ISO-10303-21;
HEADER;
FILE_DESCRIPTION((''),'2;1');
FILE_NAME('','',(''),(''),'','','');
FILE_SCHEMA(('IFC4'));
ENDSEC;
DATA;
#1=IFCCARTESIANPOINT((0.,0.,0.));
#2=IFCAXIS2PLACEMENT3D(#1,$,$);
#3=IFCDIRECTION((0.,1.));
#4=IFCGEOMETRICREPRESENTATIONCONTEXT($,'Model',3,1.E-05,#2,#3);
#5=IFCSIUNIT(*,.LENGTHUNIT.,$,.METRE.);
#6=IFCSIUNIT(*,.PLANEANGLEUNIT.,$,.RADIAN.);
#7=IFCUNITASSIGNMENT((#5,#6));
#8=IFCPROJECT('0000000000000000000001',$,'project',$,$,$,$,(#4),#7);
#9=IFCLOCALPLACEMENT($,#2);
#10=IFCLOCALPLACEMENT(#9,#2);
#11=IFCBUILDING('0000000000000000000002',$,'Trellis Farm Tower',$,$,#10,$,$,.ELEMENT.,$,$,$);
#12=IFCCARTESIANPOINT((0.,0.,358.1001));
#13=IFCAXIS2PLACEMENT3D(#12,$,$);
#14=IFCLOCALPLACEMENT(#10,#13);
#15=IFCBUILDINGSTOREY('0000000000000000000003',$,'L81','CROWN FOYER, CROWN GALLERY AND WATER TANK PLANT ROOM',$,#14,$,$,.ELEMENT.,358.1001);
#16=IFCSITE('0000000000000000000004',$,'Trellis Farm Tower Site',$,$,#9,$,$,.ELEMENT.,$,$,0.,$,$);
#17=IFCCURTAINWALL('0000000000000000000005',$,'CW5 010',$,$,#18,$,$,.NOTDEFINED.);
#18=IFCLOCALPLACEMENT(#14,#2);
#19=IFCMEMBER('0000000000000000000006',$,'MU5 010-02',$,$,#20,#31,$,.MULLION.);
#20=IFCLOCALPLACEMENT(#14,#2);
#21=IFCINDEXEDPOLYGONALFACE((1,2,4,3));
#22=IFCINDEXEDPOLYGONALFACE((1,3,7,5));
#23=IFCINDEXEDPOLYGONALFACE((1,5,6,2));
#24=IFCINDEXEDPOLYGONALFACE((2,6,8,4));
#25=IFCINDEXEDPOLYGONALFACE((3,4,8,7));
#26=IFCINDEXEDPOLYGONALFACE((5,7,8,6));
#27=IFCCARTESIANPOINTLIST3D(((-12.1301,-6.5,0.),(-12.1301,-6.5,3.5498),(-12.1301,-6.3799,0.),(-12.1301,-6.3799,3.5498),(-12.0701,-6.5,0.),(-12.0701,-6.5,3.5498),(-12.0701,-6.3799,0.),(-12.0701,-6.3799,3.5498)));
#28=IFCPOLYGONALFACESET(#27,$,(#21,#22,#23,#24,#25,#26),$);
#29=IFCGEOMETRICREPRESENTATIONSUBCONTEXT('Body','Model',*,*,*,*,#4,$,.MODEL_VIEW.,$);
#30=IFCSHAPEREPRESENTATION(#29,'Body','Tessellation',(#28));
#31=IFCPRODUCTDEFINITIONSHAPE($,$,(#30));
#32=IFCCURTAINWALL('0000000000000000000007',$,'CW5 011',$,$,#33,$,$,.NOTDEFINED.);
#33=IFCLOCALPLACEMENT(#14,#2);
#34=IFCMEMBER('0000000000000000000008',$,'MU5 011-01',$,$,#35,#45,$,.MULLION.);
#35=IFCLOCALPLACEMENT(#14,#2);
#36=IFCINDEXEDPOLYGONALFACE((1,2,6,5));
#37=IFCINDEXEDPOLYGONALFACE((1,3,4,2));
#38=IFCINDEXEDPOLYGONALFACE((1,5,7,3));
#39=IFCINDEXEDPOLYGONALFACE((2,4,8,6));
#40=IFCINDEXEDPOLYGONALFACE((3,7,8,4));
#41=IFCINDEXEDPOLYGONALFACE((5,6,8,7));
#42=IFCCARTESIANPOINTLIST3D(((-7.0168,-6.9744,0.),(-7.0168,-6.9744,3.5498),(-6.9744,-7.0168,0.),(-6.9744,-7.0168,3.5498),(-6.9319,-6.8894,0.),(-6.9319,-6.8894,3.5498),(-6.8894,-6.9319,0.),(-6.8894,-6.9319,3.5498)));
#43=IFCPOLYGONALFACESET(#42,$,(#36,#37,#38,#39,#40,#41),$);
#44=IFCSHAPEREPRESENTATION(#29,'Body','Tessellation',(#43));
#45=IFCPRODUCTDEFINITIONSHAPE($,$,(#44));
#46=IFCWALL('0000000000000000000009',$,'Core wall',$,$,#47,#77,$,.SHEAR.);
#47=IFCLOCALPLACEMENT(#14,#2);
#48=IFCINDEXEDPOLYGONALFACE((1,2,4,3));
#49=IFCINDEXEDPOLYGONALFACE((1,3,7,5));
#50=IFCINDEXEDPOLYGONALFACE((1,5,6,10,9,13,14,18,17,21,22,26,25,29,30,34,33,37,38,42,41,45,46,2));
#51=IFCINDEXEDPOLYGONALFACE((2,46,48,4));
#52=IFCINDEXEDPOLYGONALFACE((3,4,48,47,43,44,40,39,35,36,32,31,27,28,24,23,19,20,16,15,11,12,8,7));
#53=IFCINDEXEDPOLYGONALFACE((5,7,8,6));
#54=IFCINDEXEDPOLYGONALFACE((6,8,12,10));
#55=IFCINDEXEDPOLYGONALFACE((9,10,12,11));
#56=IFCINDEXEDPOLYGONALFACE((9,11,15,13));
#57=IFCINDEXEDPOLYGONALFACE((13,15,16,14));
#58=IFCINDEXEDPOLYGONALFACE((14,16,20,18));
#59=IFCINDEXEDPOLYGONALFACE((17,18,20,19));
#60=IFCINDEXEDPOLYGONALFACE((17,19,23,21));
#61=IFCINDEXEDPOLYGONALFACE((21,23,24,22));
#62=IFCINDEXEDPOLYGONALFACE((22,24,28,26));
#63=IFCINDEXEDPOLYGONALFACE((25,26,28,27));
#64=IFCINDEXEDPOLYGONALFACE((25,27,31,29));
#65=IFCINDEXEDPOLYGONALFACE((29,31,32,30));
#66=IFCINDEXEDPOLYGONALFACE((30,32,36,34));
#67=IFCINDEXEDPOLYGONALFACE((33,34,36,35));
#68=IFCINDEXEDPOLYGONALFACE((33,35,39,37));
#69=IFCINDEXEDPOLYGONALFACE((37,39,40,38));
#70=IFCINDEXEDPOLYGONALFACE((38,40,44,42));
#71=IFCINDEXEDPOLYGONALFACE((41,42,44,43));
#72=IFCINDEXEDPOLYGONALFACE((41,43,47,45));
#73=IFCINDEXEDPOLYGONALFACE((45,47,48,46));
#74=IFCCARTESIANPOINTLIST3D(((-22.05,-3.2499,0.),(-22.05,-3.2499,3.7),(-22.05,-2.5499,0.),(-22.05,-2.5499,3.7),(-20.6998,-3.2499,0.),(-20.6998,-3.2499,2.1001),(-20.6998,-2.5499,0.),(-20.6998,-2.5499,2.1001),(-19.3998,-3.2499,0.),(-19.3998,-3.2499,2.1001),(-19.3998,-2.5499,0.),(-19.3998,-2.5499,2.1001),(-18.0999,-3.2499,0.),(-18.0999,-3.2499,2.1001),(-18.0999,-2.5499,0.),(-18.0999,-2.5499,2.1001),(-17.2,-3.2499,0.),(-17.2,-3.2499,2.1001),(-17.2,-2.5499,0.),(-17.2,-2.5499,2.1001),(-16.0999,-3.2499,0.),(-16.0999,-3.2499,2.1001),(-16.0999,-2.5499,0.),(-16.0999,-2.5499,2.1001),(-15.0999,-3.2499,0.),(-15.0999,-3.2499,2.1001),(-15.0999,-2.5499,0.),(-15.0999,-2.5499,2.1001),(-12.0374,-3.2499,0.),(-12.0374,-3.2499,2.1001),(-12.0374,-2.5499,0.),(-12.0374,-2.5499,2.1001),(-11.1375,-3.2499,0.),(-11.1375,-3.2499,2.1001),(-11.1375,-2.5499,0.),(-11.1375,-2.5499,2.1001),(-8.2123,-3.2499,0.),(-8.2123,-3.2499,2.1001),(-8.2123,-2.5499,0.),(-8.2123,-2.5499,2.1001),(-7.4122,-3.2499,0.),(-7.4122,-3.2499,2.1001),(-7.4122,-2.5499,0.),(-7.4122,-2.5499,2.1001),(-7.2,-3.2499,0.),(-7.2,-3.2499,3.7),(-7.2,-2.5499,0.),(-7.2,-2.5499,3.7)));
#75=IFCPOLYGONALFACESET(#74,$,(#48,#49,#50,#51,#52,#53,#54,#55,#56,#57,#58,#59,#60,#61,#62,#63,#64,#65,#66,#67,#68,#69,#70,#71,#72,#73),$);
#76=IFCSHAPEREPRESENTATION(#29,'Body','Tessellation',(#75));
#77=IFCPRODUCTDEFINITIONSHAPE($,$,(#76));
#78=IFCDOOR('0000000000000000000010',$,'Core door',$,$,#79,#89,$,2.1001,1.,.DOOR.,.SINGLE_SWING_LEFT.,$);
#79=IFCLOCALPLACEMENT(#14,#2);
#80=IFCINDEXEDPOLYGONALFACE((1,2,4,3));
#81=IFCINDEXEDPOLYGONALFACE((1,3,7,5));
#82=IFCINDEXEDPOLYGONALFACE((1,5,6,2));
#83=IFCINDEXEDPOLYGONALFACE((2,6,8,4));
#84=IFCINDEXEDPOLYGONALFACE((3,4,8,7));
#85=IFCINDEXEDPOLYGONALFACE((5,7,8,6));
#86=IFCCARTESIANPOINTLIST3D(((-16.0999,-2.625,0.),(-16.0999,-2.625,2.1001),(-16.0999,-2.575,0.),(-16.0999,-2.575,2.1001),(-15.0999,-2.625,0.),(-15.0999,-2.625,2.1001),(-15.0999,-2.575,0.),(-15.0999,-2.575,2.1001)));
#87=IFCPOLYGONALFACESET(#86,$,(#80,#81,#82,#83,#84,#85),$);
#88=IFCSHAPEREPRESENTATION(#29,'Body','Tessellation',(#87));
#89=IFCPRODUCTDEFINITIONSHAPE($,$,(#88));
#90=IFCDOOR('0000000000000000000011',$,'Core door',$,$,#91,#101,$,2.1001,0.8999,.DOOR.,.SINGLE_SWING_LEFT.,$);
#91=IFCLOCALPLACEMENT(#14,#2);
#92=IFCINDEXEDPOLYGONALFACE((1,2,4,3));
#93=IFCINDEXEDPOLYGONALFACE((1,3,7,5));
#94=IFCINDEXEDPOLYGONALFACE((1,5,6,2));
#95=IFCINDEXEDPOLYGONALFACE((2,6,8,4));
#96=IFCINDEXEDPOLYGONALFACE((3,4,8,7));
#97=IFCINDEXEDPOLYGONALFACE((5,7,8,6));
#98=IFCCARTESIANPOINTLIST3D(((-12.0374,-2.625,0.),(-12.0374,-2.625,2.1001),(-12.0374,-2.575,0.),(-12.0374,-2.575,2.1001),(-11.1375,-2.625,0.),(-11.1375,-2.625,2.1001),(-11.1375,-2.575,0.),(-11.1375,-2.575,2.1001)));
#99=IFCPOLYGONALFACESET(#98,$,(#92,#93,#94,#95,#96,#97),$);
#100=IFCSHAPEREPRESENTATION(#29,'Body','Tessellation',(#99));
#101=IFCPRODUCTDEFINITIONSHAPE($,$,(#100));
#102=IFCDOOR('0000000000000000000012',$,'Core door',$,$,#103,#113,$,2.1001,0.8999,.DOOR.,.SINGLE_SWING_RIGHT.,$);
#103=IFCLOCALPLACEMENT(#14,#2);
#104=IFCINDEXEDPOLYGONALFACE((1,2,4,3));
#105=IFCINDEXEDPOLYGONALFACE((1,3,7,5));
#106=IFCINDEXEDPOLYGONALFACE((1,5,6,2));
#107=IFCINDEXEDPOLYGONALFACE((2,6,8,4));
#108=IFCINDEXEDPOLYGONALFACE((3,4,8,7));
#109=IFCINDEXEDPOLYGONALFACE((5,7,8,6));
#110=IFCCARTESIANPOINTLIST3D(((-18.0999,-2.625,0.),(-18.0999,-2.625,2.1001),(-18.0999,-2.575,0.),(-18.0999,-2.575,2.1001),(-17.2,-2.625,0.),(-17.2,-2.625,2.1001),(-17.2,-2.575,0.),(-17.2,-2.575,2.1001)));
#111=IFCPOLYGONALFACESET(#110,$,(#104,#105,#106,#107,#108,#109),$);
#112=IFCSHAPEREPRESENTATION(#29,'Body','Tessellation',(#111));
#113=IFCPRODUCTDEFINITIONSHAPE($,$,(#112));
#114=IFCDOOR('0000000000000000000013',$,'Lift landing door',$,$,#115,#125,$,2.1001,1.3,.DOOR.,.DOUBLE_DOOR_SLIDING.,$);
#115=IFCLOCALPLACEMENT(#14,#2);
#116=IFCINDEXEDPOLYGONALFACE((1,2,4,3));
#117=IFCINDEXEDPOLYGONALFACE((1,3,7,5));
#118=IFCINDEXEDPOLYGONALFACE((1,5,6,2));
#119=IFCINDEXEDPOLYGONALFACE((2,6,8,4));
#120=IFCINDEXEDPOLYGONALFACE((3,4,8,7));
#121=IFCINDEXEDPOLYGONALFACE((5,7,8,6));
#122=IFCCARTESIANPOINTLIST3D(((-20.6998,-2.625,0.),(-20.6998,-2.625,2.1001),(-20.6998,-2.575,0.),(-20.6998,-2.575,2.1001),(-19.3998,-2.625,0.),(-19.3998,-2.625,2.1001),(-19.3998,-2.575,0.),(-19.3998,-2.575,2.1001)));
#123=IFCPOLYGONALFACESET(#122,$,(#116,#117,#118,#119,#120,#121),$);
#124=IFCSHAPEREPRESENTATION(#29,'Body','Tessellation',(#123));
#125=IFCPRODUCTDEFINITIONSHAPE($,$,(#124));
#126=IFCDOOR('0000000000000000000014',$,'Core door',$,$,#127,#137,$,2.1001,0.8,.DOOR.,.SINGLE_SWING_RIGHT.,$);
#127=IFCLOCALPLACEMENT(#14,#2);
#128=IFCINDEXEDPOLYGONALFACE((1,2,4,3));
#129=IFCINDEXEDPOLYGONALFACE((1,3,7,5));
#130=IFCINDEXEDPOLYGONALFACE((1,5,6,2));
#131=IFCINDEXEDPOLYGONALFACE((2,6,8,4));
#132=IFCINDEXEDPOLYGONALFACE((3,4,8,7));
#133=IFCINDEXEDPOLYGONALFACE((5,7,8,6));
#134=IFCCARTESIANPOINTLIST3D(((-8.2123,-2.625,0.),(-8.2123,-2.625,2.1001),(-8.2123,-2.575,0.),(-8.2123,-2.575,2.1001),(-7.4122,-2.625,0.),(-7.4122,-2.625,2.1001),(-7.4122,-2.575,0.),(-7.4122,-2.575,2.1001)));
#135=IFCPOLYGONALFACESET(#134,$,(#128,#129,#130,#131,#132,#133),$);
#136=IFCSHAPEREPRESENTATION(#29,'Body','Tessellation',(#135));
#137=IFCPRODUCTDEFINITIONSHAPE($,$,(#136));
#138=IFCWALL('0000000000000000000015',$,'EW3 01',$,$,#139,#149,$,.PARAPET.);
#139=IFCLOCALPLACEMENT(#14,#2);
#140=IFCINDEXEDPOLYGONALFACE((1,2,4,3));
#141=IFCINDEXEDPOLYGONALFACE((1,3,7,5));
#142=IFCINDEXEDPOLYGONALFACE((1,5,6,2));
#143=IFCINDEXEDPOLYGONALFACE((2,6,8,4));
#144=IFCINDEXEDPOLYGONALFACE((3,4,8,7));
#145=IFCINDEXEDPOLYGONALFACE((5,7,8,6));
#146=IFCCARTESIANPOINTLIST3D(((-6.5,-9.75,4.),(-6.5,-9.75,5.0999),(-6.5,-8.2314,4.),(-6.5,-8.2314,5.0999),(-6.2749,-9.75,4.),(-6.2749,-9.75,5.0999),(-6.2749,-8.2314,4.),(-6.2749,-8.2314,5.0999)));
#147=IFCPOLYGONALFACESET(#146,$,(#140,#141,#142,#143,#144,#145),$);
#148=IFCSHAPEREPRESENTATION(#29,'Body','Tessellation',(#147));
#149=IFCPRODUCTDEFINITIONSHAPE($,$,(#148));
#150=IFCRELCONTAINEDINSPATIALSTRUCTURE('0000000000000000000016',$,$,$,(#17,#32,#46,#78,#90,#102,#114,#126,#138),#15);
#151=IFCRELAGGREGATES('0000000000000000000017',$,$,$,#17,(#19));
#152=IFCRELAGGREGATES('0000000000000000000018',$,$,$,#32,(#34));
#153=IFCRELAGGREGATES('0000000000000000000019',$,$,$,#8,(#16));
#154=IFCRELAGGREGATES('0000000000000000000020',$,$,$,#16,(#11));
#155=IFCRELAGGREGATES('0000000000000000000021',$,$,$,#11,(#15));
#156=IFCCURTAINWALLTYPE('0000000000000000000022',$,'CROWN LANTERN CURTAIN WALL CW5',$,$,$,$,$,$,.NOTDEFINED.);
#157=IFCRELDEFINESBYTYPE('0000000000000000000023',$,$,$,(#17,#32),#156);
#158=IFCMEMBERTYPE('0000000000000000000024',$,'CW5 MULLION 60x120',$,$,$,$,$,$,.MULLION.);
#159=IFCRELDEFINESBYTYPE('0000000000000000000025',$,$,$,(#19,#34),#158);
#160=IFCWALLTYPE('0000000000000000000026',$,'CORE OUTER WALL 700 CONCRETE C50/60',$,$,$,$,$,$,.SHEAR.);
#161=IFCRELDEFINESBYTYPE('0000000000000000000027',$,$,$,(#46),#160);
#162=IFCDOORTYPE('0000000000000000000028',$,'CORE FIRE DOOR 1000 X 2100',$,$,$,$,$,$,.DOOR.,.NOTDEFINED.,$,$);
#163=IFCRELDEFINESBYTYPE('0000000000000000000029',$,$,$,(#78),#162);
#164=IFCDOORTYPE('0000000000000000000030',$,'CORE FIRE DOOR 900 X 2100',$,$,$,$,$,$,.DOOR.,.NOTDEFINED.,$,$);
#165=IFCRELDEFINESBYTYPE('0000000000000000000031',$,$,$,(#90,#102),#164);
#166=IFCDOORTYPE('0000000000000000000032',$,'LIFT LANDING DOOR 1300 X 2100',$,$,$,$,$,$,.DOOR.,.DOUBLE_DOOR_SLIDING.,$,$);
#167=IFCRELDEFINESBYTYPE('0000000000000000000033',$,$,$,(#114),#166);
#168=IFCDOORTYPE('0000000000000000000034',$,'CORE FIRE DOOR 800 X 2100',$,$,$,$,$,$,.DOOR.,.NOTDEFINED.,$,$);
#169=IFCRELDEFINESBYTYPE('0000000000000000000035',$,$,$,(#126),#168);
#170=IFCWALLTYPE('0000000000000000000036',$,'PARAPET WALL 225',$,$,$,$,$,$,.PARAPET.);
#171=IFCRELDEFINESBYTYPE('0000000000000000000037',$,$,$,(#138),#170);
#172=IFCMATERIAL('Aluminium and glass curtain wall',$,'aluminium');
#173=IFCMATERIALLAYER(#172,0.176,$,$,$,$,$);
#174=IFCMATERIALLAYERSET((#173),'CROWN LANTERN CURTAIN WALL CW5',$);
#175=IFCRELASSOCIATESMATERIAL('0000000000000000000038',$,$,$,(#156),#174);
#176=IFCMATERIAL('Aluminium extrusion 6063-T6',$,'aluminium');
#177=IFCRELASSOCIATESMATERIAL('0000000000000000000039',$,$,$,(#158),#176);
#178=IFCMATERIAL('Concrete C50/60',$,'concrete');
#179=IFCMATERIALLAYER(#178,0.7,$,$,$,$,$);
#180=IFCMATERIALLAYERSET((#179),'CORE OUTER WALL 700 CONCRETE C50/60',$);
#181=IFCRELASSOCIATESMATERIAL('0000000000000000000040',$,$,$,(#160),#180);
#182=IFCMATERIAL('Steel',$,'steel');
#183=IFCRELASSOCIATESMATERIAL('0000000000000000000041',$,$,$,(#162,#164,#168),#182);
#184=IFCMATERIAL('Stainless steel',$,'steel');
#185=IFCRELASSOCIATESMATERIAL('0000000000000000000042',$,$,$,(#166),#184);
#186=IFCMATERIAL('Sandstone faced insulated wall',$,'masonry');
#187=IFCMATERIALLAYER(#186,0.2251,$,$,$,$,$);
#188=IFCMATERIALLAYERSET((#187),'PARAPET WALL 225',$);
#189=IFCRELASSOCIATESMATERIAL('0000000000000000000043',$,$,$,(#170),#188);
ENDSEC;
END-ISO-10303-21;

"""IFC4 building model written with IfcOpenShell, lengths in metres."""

from ifc_helpers import new_model, si_unit, direction, frame, frame_2d, origin, origin_2d, place, context, subcontext, project, spatial, rectangle, extrude, source, transform, mapped, material, layer, layer_set, material_profile, profile_set, type_object, element, fill, aggregate, save


model = new_model("IFC4")

# Units and contexts
model_context = context("Model", 3, precision=1e-05, world=origin(), true_north=direction((0.0, 1.0)))
body_context = subcontext(model_context, "Body", "Model", "MODEL_VIEW")
ifc_project = project(units=[si_unit("LENGTHUNIT", "METRE"), si_unit("PLANEANGLEUNIT", "RADIAN")], contexts=[model_context])

# Site, building, storey
site_placement = place(None, origin())
site = spatial("IfcSite", under=ifc_project, at=site_placement, Name="Trellis Farm Tower Site", CompositionType="ELEMENT", RefElevation=0.0)
building_placement = place(site_placement, origin())
building = spatial("IfcBuilding", under=site, at=building_placement, Name="Trellis Farm Tower", CompositionType="ELEMENT")
storey_placement = place(building_placement, frame((0.0, 0.0, 358.1001)))
storey = spatial("IfcBuildingStorey", under=building, at=storey_placement, Name="L81", Description="CROWN FOYER, CROWN GALLERY AND WATER TANK PLANT ROOM", CompositionType="ELEMENT", Elevation=358.1001)

# Shared definitions
ifc_material_1 = material(Name="Concrete C50/60", Category="concrete")

# Curtain walls, members
ifc_material_2 = material(Name="Aluminium and glass curtain wall", Category="aluminium")
ifc_layer_1 = layer(ifc_material_2, 0.176)
ifc_layer_set_1 = layer_set([ifc_layer_1], Name="CROWN LANTERN CURTAIN WALL CW5")
curtain_wall_type = type_object("IfcCurtainWallType", Name="CROWN LANTERN CURTAIN WALL CW5", PredefinedType="NOTDEFINED", material=ifc_layer_set_1)
placement = place(storey_placement, origin())
curtain_wall_1 = element("IfcCurtainWall", 1, at=placement, inside=storey, type_object=curtain_wall_type, Name="CW5 010", PredefinedType="NOTDEFINED")
ifc_material_3 = material(Name="Aluminium extrusion 6063-T6", Category="aluminium")
ifc_material_profile_1 = material_profile(ifc_material_3, rectangle(XDim=0.0601, YDim=0.1201, at=origin_2d()), Name="MULLION 60x120")
ifc_profile_set_1 = profile_set([ifc_material_profile_1], Name="Aluminium extrusion 6063-T6")
member_type = type_object("IfcMemberType", Name="CW5 MULLION 60x120", PredefinedType="MULLION", material=ifc_profile_set_1)
shared_shape_1 = source(origin(), body_context, "Body", "SweptSolid", [
    extrude(rectangle(XDim=0.0601, YDim=0.1201, at=origin_2d()), origin(), (0.0, 0.0, 1.0), 3.5498),
])
member_1_placement = place(storey_placement, frame((-12.1001, -6.4399, 0.0), z_axis=(0.0, 0.0, 1.0), x_axis=(1.0, 0.0, 0.0)))
member_1 = element("IfcMember", 2, at=member_1_placement, type_object=member_type, Name="MU5 010-02", PredefinedType="MULLION", context=body_context, shape_type="MappedRepresentation", body=[
    mapped(shared_shape_1, transform((0.0, 0.0, 0.0))),
])
aggregate(curtain_wall_1, [member_1])
curtain_wall_2 = element("IfcCurtainWall", 3, at=placement, inside=storey, type_object=curtain_wall_type, Name="CW5 011", PredefinedType="NOTDEFINED")
member_2_placement = place(storey_placement, frame((-6.9531, -6.9531, 0.0), z_axis=(0.0, 0.0, 1.0), x_axis=(0.707107, -0.707107, 0.0)))
member_2 = element("IfcMember", 4, at=member_2_placement, type_object=member_type, Name="MU5 011-01", PredefinedType="MULLION", context=body_context, shape_type="MappedRepresentation", body=[
    mapped(shared_shape_1, transform((0.0, 0.0, 0.0))),
])
aggregate(curtain_wall_2, [member_2])

# Wall, openings, doors
ifc_layer_2 = layer(ifc_material_1, 0.7)
ifc_layer_set_2 = layer_set([ifc_layer_2], Name="CORE OUTER WALL 700 CONCRETE C50/60")
wall_type_1 = type_object("IfcWallType", Name="CORE OUTER WALL 700 CONCRETE C50/60", PredefinedType="SHEAR", material=ifc_layer_set_2)
shared_shape_2 = source(origin(), body_context, "Body", "SweptSolid", [
    extrude(rectangle(XDim=14.8501, YDim=0.7, at=frame_2d((7.425, 0.0))), origin(), (0.0, 0.0, 1.0), 3.7),
])
wall_1_placement = place(storey_placement, frame((-7.2, -2.8999, 0.0), z_axis=(0.0, 0.0, 1.0), x_axis=(-1.0, 0.0, 0.0)))
wall_1 = element("IfcWall", 5, at=wall_1_placement, inside=storey, type_object=wall_type_1, Name="Core wall", PredefinedType="SHEAR", context=body_context, shape_type="MappedRepresentation", body=[
    mapped(shared_shape_2, transform((0.0, 0.0, 0.0))),
])
shared_shape_3 = source(origin(), body_context, "Body", "SweptSolid", [
    extrude(rectangle(XDim=1.3, YDim=2.1001, at=frame_2d((0.6499, 1.05))), frame((0.0, 0.3601, 0.0), z_axis=(0.0, -1.0, 0.0), x_axis=(1.0, 0.0, 0.0)), (0.0, 0.0, 1.0), 0.7202),
])
opening_1_placement = place(wall_1_placement, frame((12.2, 0.0, 0.0)))
opening_1 = element("IfcOpeningElement", 6, at=opening_1_placement, cuts=wall_1, PredefinedType="OPENING", context=body_context, shape_type="MappedRepresentation", body=[
    mapped(shared_shape_3, transform((0.0, 0.0, 0.0))),
])
shared_shape_4 = source(origin(), body_context, "Body", "SweptSolid", [
    extrude(rectangle(XDim=1.0, YDim=2.1001, at=frame_2d((0.5, 1.05))), frame((0.0, 0.3601, 0.0), z_axis=(0.0, -1.0, 0.0), x_axis=(1.0, 0.0, 0.0)), (0.0, 0.0, 1.0), 0.7202),
])
opening_2_placement = place(wall_1_placement, frame((7.8999, 0.0, 0.0)))
opening_2 = element("IfcOpeningElement", 7, at=opening_2_placement, cuts=wall_1, PredefinedType="OPENING", context=body_context, shape_type="MappedRepresentation", body=[
    mapped(shared_shape_4, transform((0.0, 0.0, 0.0))),
])
shared_shape_5 = source(origin(), body_context, "Body", "SweptSolid", [
    extrude(rectangle(XDim=0.8, YDim=2.1001, at=frame_2d((0.3999, 1.05))), frame((0.0, 0.3601, 0.0), z_axis=(0.0, -1.0, 0.0), x_axis=(1.0, 0.0, 0.0)), (0.0, 0.0, 1.0), 0.7202),
])
opening_3_placement = place(wall_1_placement, frame((0.2124, 0.0, 0.0)))
opening_3 = element("IfcOpeningElement", 8, at=opening_3_placement, cuts=wall_1, PredefinedType="OPENING", context=body_context, shape_type="MappedRepresentation", body=[
    mapped(shared_shape_5, transform((0.0, 0.0, 0.0))),
])
shared_shape_6 = source(origin(), body_context, "Body", "SweptSolid", [
    extrude(rectangle(XDim=0.8999, YDim=2.1001, at=frame_2d((0.45, 1.05))), frame((0.0, 0.3601, 0.0), z_axis=(0.0, -1.0, 0.0), x_axis=(1.0, 0.0, 0.0)), (0.0, 0.0, 1.0), 0.7202),
])
opening_4_placement = place(wall_1_placement, frame((3.9375, 0.0, 0.0)))
opening_4 = element("IfcOpeningElement", 9, at=opening_4_placement, cuts=wall_1, PredefinedType="OPENING", context=body_context, shape_type="MappedRepresentation", body=[
    mapped(shared_shape_6, transform((0.0, 0.0, 0.0))),
])
opening_5_placement = place(wall_1_placement, frame((10.0, 0.0, 0.0)))
opening_5 = element("IfcOpeningElement", 10, at=opening_5_placement, cuts=wall_1, PredefinedType="OPENING", context=body_context, shape_type="MappedRepresentation", body=[
    mapped(shared_shape_6, transform((0.0, 0.0, 0.0))),
])
ifc_material_4 = material(Name="Steel", Category="steel")
door_type_1 = type_object("IfcDoorType", Name="CORE FIRE DOOR 1000 X 2100", OperationType="NOTDEFINED", PredefinedType="DOOR", material=ifc_material_4)
shared_shape_7 = source(origin(), body_context, "Body", "SweptSolid", [
    extrude(rectangle(XDim=1.0, YDim=2.1001, at=frame_2d((0.5, 1.05))), frame((0.0, -0.2749, 0.0), z_axis=(0.0, -1.0, 0.0), x_axis=(1.0, 0.0, 0.0)), (0.0, 0.0, 1.0), 0.05),
])
door_1_placement = place(opening_2_placement, origin())
door_1 = element("IfcDoor", 11, at=door_1_placement, inside=storey, type_object=door_type_1, Name="Core door", OperationType="SINGLE_SWING_LEFT", OverallHeight=2.1001, OverallWidth=1.0, PredefinedType="DOOR", context=body_context, shape_type="MappedRepresentation", body=[
    mapped(shared_shape_7, transform((0.0, 0.0, 0.0))),
])
fill(opening_2, door_1)
door_type_2 = type_object("IfcDoorType", Name="CORE FIRE DOOR 900 X 2100", OperationType="NOTDEFINED", PredefinedType="DOOR", material=ifc_material_4)
shared_shape_8 = source(origin(), body_context, "Body", "SweptSolid", [
    extrude(rectangle(XDim=0.8999, YDim=2.1001, at=frame_2d((0.45, 1.05))), frame((0.0, -0.2749, 0.0), z_axis=(0.0, -1.0, 0.0), x_axis=(1.0, 0.0, 0.0)), (0.0, 0.0, 1.0), 0.05),
])
door_2_placement = place(opening_4_placement, origin())
door_2 = element("IfcDoor", 12, at=door_2_placement, inside=storey, type_object=door_type_2, Name="Core door", OperationType="SINGLE_SWING_LEFT", OverallHeight=2.1001, OverallWidth=0.8999, PredefinedType="DOOR", context=body_context, shape_type="MappedRepresentation", body=[
    mapped(shared_shape_8, transform((0.0, 0.0, 0.0))),
])
fill(opening_4, door_2)
door_3_placement = place(opening_5_placement, origin())
door_3 = element("IfcDoor", 13, at=door_3_placement, inside=storey, type_object=door_type_2, Name="Core door", OperationType="SINGLE_SWING_RIGHT", OverallHeight=2.1001, OverallWidth=0.8999, PredefinedType="DOOR", context=body_context, shape_type="MappedRepresentation", body=[
    mapped(shared_shape_8, transform((0.0, 0.0, 0.0))),
])
fill(opening_5, door_3)
ifc_material_5 = material(Name="Stainless steel", Category="steel")
door_type_3 = type_object("IfcDoorType", Name="LIFT LANDING DOOR 1300 X 2100", OperationType="DOUBLE_DOOR_SLIDING", PredefinedType="DOOR", material=ifc_material_5)
shared_shape_9 = source(origin(), body_context, "Body", "SweptSolid", [
    extrude(rectangle(XDim=1.3, YDim=2.1001, at=frame_2d((0.6499, 1.05))), frame((0.0, -0.2749, 0.0), z_axis=(0.0, -1.0, 0.0), x_axis=(1.0, 0.0, 0.0)), (0.0, 0.0, 1.0), 0.05),
])
door_4_placement = place(opening_1_placement, origin())
door_4 = element("IfcDoor", 14, at=door_4_placement, inside=storey, type_object=door_type_3, Name="Lift landing door", OperationType="DOUBLE_DOOR_SLIDING", OverallHeight=2.1001, OverallWidth=1.3, PredefinedType="DOOR", context=body_context, shape_type="MappedRepresentation", body=[
    mapped(shared_shape_9, transform((0.0, 0.0, 0.0))),
])
fill(opening_1, door_4)
door_type_4 = type_object("IfcDoorType", Name="CORE FIRE DOOR 800 X 2100", OperationType="NOTDEFINED", PredefinedType="DOOR", material=ifc_material_4)
shared_shape_10 = source(origin(), body_context, "Body", "SweptSolid", [
    extrude(rectangle(XDim=0.8, YDim=2.1001, at=frame_2d((0.3999, 1.05))), frame((0.0, -0.2749, 0.0), z_axis=(0.0, -1.0, 0.0), x_axis=(1.0, 0.0, 0.0)), (0.0, 0.0, 1.0), 0.05),
])
door_5_placement = place(opening_3_placement, origin())
door_5 = element("IfcDoor", 15, at=door_5_placement, inside=storey, type_object=door_type_4, Name="Core door", OperationType="SINGLE_SWING_RIGHT", OverallHeight=2.1001, OverallWidth=0.8, PredefinedType="DOOR", context=body_context, shape_type="MappedRepresentation", body=[
    mapped(shared_shape_10, transform((0.0, 0.0, 0.0))),
])
fill(opening_3, door_5)

# Wall
ifc_material_6 = material(Name="Sandstone faced insulated wall", Category="masonry")
ifc_layer_3 = layer(ifc_material_6, 0.2251)
ifc_layer_set_3 = layer_set([ifc_layer_3], Name="PARAPET WALL 225")
wall_type_2 = type_object("IfcWallType", Name="PARAPET WALL 225", PredefinedType="PARAPET", material=ifc_layer_set_3)
shared_shape_11 = source(origin(), body_context, "Body", "SweptSolid", [
    extrude(rectangle(XDim=1.5186, YDim=0.2251, at=frame_2d((0.7593, 0.0))), origin(), (0.0, 0.0, 1.0), 1.0999),
])
wall_2_placement = place(storey_placement, frame((-6.3875, -8.2314, 4.0), z_axis=(0.0, 0.0, 1.0), x_axis=(0.0, -1.0, 0.0)))
element("IfcWall", 16, at=wall_2_placement, inside=storey, type_object=wall_type_2, Name="EW3 01", PredefinedType="PARAPET", context=body_context, shape_type="MappedRepresentation", body=[
    mapped(shared_shape_11, transform((0.0, 0.0, 0.0))),
])

save(model, "model.ifc")
